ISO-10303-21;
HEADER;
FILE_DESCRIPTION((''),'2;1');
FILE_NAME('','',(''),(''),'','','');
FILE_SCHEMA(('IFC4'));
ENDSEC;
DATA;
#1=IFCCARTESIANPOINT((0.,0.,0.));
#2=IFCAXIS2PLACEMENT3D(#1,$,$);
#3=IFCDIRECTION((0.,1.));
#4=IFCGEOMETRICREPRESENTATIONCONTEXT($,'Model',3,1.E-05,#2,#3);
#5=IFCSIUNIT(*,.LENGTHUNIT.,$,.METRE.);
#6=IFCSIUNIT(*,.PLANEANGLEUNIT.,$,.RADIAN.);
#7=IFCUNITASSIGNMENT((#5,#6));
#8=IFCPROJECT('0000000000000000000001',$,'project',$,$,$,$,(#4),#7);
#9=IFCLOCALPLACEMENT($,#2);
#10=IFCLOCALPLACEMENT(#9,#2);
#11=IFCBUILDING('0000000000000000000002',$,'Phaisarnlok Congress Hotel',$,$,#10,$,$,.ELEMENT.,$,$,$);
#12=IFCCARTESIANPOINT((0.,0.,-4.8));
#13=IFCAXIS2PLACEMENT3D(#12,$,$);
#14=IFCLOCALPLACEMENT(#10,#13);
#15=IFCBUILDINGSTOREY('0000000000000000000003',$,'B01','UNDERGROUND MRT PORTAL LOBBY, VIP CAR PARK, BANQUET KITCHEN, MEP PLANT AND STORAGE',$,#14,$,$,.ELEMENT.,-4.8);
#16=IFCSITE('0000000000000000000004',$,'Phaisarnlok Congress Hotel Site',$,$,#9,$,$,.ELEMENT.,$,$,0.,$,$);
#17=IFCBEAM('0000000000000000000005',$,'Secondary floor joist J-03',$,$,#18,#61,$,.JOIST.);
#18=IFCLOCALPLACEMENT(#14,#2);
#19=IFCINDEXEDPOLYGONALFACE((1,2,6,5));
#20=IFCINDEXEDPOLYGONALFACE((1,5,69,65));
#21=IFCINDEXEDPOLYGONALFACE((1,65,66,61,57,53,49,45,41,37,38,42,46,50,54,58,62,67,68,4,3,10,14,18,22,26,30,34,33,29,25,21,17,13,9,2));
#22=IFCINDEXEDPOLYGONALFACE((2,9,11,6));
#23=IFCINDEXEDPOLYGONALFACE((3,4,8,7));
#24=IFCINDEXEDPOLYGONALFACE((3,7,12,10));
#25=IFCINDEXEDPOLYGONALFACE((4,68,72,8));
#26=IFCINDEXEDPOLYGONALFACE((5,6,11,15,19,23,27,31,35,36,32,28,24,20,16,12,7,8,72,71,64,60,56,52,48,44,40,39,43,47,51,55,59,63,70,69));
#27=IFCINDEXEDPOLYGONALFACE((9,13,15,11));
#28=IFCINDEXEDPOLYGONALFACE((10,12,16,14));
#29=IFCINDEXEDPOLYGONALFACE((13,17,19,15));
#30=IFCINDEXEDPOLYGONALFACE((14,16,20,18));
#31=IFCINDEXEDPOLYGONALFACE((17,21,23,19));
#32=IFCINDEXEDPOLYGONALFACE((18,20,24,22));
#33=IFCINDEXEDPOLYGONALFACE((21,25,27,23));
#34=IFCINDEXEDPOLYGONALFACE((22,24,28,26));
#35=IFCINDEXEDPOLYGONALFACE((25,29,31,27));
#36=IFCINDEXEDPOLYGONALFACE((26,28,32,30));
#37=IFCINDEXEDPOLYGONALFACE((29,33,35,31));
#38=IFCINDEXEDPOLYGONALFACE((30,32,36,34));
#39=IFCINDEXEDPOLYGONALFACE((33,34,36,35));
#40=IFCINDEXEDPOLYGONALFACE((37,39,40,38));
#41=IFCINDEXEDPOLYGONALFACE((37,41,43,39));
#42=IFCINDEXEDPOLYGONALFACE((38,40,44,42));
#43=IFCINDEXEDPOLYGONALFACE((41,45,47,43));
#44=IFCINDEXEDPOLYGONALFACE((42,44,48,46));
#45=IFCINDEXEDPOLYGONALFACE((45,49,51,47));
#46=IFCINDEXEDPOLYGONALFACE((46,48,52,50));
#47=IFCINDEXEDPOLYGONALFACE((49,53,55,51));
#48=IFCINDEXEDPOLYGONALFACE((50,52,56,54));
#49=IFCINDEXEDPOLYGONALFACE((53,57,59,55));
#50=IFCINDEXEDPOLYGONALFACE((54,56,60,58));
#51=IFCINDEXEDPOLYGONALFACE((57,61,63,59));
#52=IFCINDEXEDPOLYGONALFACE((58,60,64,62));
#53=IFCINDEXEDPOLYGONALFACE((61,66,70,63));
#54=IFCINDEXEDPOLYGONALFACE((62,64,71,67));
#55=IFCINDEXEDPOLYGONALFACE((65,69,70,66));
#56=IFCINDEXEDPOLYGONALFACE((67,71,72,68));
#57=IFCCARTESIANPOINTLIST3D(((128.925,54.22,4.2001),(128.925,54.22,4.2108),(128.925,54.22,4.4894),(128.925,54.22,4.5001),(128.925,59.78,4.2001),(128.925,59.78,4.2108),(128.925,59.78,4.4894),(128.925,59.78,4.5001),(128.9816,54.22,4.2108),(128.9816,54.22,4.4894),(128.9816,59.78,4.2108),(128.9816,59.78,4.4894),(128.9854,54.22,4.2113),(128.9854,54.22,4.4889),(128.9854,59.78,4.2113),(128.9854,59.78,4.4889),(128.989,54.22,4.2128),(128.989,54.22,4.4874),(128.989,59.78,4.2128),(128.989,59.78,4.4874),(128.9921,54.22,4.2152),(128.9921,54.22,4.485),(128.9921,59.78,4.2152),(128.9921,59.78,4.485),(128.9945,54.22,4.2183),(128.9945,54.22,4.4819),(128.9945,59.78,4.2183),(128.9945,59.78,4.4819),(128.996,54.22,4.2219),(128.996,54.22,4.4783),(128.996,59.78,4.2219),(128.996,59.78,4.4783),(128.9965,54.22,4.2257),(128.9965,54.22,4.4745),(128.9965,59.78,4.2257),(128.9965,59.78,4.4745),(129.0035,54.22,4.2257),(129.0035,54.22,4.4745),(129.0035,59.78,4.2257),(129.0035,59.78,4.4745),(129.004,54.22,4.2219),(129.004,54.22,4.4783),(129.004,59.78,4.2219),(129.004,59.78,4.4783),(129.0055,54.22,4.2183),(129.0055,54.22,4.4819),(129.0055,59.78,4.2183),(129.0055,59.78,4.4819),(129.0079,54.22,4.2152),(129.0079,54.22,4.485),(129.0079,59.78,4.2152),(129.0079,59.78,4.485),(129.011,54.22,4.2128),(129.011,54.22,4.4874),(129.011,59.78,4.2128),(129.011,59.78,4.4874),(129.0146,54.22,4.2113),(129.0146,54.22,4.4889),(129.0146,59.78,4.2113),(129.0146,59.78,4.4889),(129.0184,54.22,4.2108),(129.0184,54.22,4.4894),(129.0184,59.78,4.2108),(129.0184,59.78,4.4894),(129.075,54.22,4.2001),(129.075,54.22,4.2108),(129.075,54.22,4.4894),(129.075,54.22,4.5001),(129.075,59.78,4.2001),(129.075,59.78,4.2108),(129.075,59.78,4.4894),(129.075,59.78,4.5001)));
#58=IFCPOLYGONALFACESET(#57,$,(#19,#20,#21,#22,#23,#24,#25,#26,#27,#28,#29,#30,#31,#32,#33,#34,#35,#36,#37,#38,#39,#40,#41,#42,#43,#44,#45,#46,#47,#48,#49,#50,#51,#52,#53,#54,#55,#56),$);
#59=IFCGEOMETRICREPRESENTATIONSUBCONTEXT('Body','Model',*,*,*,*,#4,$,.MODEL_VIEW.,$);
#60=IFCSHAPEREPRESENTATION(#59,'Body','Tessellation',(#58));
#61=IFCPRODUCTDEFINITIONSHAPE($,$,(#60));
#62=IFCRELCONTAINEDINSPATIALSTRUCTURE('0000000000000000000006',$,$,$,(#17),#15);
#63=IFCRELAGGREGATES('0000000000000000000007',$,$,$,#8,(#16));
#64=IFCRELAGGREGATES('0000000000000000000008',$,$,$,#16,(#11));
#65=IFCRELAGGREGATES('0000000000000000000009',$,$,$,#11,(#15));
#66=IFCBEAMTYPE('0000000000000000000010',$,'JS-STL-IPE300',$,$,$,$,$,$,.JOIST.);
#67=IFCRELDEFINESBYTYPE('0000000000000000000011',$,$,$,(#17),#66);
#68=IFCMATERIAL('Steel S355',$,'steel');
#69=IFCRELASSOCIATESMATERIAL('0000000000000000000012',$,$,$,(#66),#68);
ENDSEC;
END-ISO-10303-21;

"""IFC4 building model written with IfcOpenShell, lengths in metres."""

from ifc_helpers import new_model, si_unit, direction, frame, origin, origin_2d, place, context, subcontext, project, spatial, i_section, extrude, material, material_profile, profile_set, type_object, element, save


model = new_model("IFC4")

# Units and contexts
model_context = context("Model", 3, precision=1e-05, world=origin(), true_north=direction((0.0, 1.0)))
body_context = subcontext(model_context, "Body", "Model", "MODEL_VIEW")
ifc_project = project(units=[si_unit("LENGTHUNIT", "METRE"), si_unit("PLANEANGLEUNIT", "RADIAN")], contexts=[model_context])

# Site, building, storey
site_placement = place(None, origin())
site = spatial("IfcSite", under=ifc_project, at=site_placement, Name="Phaisarnlok Congress Hotel Site", CompositionType="ELEMENT", RefElevation=0.0)
building_placement = place(site_placement, origin())
building = spatial("IfcBuilding", under=site, at=building_placement, Name="Phaisarnlok Congress Hotel", CompositionType="ELEMENT")
storey_placement = place(building_placement, frame((0.0, 0.0, -4.8)))
storey = spatial("IfcBuildingStorey", under=building, at=storey_placement, Name="B01", Description="UNDERGROUND MRT PORTAL LOBBY, VIP CAR PARK, BANQUET KITCHEN, MEP PLANT AND STORAGE", CompositionType="ELEMENT", Elevation=-4.8)

# Beam
ifc_material_1 = material(Name="Steel S355", Category="steel")
ifc_material_profile_1 = material_profile(ifc_material_1, i_section(OverallWidth=0.1499, OverallDepth=0.3, WebThickness=0.0071, FlangeThickness=0.0107, FilletRadius=0.0149, at=origin_2d()), Name="IPE 300")
ifc_profile_set_1 = profile_set([ifc_material_profile_1], Name="Steel S355")
beam_type_1 = type_object("IfcBeamType", Name="JS-STL-IPE300", PredefinedType="JOIST", material=ifc_profile_set_1)
for number, where, z_axis, x_axis, name in (
    (1, (129.0, 54.22, 4.3501), (0.0, 1.0, 0.0), (-1.0, 0.0, 0.0), "Secondary floor joist J-03"),
):
    element("IfcBeam", number, at=place(storey_placement, frame(where, z_axis=z_axis, x_axis=x_axis)), inside=storey, type_object=beam_type_1, Name=name, PredefinedType="JOIST", context=body_context, shape_type="SweptSolid", body=[
        extrude(i_section(OverallWidth=0.1499, OverallDepth=0.3, WebThickness=0.0071, FlangeThickness=0.0107, FilletRadius=0.0149, at=origin_2d()), origin(), (0.0, 0.0, 1.0), 5.5601),
    ])

save(model, "model.ifc")
